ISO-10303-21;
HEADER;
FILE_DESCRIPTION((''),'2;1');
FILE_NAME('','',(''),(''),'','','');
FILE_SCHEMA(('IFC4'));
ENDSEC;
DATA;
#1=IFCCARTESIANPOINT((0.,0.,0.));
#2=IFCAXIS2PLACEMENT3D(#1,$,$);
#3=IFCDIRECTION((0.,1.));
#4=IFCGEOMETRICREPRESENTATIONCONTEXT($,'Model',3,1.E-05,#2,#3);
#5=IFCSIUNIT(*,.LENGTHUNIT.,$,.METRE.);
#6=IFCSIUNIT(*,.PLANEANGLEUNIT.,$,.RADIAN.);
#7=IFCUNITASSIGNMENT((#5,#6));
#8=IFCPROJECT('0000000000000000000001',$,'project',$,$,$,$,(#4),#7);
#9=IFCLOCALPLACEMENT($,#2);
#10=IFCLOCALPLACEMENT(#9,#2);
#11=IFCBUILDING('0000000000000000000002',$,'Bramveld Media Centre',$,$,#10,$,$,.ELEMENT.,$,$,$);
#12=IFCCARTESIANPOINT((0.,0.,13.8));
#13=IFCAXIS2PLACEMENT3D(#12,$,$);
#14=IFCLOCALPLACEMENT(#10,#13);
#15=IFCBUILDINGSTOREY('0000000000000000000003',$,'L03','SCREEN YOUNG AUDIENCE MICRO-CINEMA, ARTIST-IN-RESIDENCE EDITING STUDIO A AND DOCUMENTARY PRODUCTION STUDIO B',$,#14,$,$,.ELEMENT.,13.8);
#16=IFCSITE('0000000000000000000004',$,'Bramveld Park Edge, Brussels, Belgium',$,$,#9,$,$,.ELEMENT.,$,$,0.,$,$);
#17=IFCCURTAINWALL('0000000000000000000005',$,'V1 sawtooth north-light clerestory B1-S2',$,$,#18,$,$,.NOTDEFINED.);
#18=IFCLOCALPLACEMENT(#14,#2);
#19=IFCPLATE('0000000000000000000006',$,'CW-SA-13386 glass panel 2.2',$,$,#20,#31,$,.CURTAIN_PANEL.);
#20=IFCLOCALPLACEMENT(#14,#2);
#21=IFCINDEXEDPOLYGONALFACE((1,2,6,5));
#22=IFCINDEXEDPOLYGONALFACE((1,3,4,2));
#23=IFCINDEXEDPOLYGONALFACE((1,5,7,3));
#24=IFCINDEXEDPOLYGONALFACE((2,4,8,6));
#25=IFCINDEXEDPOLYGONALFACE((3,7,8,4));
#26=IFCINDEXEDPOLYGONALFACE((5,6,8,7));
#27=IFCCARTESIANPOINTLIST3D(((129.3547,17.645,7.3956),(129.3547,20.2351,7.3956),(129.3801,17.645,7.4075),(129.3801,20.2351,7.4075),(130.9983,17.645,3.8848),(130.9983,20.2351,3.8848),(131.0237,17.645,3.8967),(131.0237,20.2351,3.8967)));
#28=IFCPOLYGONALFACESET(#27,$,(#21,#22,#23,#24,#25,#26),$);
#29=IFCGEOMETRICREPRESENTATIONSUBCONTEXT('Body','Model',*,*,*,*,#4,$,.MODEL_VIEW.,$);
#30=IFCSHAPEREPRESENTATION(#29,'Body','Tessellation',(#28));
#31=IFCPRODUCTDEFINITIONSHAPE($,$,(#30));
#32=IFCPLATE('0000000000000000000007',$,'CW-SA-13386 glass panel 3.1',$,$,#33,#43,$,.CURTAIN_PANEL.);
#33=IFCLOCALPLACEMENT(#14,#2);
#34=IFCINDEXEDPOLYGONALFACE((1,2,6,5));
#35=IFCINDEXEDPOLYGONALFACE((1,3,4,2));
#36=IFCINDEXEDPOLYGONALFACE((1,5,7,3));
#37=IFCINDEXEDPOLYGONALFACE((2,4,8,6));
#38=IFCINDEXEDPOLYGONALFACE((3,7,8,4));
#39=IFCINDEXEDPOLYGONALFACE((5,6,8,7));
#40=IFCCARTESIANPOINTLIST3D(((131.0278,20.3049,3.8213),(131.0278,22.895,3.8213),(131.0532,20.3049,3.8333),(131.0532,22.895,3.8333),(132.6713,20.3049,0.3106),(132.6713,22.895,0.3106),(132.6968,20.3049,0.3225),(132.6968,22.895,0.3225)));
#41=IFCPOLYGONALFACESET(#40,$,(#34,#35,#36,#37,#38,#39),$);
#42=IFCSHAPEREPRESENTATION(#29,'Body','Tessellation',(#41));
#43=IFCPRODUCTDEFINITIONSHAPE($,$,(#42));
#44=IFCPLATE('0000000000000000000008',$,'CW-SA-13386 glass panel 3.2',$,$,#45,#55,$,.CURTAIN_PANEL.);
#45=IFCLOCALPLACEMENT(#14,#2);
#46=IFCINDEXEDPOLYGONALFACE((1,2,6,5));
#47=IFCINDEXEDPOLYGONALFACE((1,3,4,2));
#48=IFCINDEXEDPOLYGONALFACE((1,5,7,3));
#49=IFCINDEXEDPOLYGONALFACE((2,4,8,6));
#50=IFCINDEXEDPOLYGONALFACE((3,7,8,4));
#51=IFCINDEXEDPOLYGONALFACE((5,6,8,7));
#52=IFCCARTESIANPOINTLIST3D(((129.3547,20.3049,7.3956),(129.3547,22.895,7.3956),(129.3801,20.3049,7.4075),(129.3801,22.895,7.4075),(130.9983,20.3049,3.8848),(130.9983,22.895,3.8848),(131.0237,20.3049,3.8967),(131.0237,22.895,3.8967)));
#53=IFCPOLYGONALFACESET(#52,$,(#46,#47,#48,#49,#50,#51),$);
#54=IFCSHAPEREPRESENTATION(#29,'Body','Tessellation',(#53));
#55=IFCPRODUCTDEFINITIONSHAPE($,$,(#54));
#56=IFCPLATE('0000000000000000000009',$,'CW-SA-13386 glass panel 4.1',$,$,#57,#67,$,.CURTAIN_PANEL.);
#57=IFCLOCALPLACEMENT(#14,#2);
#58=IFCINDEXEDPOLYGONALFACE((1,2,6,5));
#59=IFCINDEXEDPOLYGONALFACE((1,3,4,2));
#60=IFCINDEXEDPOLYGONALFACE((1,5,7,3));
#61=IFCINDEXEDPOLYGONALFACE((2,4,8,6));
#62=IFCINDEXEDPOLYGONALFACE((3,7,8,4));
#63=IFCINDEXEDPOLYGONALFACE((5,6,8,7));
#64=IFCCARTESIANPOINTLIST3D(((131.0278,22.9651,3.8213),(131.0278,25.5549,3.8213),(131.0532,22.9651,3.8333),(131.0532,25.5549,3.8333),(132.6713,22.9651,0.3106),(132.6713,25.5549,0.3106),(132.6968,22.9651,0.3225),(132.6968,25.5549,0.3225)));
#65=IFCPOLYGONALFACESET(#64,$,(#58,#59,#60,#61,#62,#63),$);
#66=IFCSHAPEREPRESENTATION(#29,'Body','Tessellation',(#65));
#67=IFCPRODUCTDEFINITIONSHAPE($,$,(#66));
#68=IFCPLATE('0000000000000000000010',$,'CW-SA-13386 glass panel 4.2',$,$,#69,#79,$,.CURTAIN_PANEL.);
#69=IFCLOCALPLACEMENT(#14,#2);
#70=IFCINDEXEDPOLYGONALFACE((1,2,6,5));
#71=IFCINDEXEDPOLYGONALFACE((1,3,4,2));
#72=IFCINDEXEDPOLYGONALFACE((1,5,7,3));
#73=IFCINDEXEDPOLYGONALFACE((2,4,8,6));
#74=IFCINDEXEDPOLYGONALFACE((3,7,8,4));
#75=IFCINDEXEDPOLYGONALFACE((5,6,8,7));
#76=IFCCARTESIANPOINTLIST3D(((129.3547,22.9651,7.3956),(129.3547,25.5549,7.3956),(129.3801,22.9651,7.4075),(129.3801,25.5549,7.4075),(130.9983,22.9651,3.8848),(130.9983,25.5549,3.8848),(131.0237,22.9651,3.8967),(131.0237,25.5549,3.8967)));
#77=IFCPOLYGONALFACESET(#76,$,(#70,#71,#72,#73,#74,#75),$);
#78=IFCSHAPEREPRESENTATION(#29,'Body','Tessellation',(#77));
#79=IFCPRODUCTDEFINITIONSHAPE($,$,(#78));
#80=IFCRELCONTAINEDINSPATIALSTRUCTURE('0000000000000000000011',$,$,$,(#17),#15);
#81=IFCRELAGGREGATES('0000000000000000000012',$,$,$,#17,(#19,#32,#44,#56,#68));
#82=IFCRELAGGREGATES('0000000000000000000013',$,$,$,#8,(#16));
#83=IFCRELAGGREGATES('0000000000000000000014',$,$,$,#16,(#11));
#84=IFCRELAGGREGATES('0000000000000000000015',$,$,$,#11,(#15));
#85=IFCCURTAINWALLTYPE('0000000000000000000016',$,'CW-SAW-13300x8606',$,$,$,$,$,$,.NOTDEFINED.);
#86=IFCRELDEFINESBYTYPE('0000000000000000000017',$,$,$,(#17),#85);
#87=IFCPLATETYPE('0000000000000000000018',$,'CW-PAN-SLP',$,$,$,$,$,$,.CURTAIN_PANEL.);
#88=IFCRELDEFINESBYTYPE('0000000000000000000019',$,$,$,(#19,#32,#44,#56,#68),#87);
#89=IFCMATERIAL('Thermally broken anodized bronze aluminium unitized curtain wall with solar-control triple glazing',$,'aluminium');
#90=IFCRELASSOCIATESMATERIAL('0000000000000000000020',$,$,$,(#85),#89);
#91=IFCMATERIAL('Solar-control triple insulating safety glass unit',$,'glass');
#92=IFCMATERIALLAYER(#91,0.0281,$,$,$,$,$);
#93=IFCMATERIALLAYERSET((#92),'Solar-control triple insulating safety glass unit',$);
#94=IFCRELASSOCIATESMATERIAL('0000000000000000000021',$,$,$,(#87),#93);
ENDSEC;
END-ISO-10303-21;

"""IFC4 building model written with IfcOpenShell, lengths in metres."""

from ifc_helpers import new_model, si_unit, direction, frame, origin, place, context, subcontext, project, spatial, polyline, outline, extrude, material, layer, layer_set, type_object, element, aggregate, save


model = new_model("IFC4")

# Units and contexts
model_context = context("Model", 3, precision=1e-05, world=origin(), true_north=direction((0.0, 1.0)))
body_context = subcontext(model_context, "Body", "Model", "MODEL_VIEW")
ifc_project = project(units=[si_unit("LENGTHUNIT", "METRE"), si_unit("PLANEANGLEUNIT", "RADIAN")], contexts=[model_context])

# Site, building, storey
site_placement = place(None, origin())
site = spatial("IfcSite", under=ifc_project, at=site_placement, Name="Bramveld Park Edge, Brussels, Belgium", CompositionType="ELEMENT", RefElevation=0.0)
building_placement = place(site_placement, origin())
building = spatial("IfcBuilding", under=site, at=building_placement, Name="Bramveld Media Centre", CompositionType="ELEMENT")
storey_placement = place(building_placement, frame((0.0, 0.0, 13.8)))
storey = spatial("IfcBuildingStorey", under=building, at=storey_placement, Name="L03", Description="SCREEN YOUNG AUDIENCE MICRO-CINEMA, ARTIST-IN-RESIDENCE EDITING STUDIO A AND DOCUMENTARY PRODUCTION STUDIO B", CompositionType="ELEMENT", Elevation=13.8)

# Shared definitions
ifc_material_1 = material(Name="Thermally broken anodized bronze aluminium unitized curtain wall with solar-control triple glazing", Category="aluminium")
curtain_wall_type = type_object("IfcCurtainWallType", Name="CW-SAW-13300x8606", PredefinedType="NOTDEFINED", material=ifc_material_1)

# Curtain wall
curtain_wall_1_placement = place(storey_placement, origin())
curtain_wall_1 = element("IfcCurtainWall", 1, at=curtain_wall_1_placement, inside=storey, type_object=curtain_wall_type, Name="V1 sawtooth north-light clerestory B1-S2", PredefinedType="NOTDEFINED")

# Plates
ifc_material_2 = material(Name="Solar-control triple insulating safety glass unit", Category="glass")
ifc_layer = layer(ifc_material_2, 0.0281)
ifc_layer_set = layer_set([ifc_layer], Name="Solar-control triple insulating safety glass unit")
plate_type = type_object("IfcPlateType", Name="CW-PAN-SLP", PredefinedType="CURTAIN_PANEL", material=ifc_layer_set)
plate_1_placement = place(storey_placement, frame((131.0237, 17.645, 3.8967), z_axis=(0.905668, 0.0, 0.423988), x_axis=(0.0, 1.0, 0.0)))
plate_1 = element("IfcPlate", 2, at=plate_1_placement, type_object=plate_type, Name="CW-SA-13386 glass panel 2.2", PredefinedType="CURTAIN_PANEL", context=body_context, shape_type="SweptSolid", body=[
    extrude(outline(polyline([(0.0, 0.0), (2.5901, 0.0), (2.5901, 3.8764), (0.0, 3.8764), (0.0, 0.0)])), origin(), (0.0, 0.0, -1.0), 0.0281),
])
plate_2_placement = place(storey_placement, frame((132.6968, 20.3049, 0.3225), z_axis=(0.905668, 0.0, 0.423988), x_axis=(0.0, 1.0, 0.0)))
plate_2 = element("IfcPlate", 3, at=plate_2_placement, type_object=plate_type, Name="CW-SA-13386 glass panel 3.1", PredefinedType="CURTAIN_PANEL", context=body_context, shape_type="SweptSolid", body=[
    extrude(outline(polyline([(0.0, 0.0), (2.5901, 0.0), (2.5901, 3.8764), (0.0, 3.8764), (0.0, 0.0)])), origin(), (0.0, 0.0, -1.0), 0.0281),
])
plate_3_placement = place(storey_placement, frame((131.0237, 20.3049, 3.8967), z_axis=(0.905668, 0.0, 0.423988), x_axis=(0.0, 1.0, 0.0)))
plate_3 = element("IfcPlate", 4, at=plate_3_placement, type_object=plate_type, Name="CW-SA-13386 glass panel 3.2", PredefinedType="CURTAIN_PANEL", context=body_context, shape_type="SweptSolid", body=[
    extrude(outline(polyline([(0.0, 0.0), (2.5901, 0.0), (2.5901, 3.8764), (0.0, 3.8764), (0.0, 0.0)])), origin(), (0.0, 0.0, -1.0), 0.0281),
])
plate_4_placement = place(storey_placement, frame((132.6968, 22.9651, 0.3225), z_axis=(0.905668, 0.0, 0.423988), x_axis=(0.0, 1.0, 0.0)))
plate_4 = element("IfcPlate", 5, at=plate_4_placement, type_object=plate_type, Name="CW-SA-13386 glass panel 4.1", PredefinedType="CURTAIN_PANEL", context=body_context, shape_type="SweptSolid", body=[
    extrude(outline(polyline([(0.0, 0.0), (2.5898, 0.0), (2.5898, 3.8764), (0.0, 3.8764), (0.0, 0.0)])), origin(), (0.0, 0.0, -1.0), 0.0281),
])
plate_5_placement = place(storey_placement, frame((131.0237, 22.9651, 3.8967), z_axis=(0.905668, 0.0, 0.423988), x_axis=(0.0, 1.0, 0.0)))
plate_5 = element("IfcPlate", 6, at=plate_5_placement, type_object=plate_type, Name="CW-SA-13386 glass panel 4.2", PredefinedType="CURTAIN_PANEL", context=body_context, shape_type="SweptSolid", body=[
    extrude(outline(polyline([(0.0, 0.0), (2.5898, 0.0), (2.5898, 3.8764), (0.0, 3.8764), (0.0, 0.0)])), origin(), (0.0, 0.0, -1.0), 0.0281),
])
aggregate(curtain_wall_1, [plate_1, plate_2, plate_3, plate_4, plate_5])

save(model, "model.ifc")
